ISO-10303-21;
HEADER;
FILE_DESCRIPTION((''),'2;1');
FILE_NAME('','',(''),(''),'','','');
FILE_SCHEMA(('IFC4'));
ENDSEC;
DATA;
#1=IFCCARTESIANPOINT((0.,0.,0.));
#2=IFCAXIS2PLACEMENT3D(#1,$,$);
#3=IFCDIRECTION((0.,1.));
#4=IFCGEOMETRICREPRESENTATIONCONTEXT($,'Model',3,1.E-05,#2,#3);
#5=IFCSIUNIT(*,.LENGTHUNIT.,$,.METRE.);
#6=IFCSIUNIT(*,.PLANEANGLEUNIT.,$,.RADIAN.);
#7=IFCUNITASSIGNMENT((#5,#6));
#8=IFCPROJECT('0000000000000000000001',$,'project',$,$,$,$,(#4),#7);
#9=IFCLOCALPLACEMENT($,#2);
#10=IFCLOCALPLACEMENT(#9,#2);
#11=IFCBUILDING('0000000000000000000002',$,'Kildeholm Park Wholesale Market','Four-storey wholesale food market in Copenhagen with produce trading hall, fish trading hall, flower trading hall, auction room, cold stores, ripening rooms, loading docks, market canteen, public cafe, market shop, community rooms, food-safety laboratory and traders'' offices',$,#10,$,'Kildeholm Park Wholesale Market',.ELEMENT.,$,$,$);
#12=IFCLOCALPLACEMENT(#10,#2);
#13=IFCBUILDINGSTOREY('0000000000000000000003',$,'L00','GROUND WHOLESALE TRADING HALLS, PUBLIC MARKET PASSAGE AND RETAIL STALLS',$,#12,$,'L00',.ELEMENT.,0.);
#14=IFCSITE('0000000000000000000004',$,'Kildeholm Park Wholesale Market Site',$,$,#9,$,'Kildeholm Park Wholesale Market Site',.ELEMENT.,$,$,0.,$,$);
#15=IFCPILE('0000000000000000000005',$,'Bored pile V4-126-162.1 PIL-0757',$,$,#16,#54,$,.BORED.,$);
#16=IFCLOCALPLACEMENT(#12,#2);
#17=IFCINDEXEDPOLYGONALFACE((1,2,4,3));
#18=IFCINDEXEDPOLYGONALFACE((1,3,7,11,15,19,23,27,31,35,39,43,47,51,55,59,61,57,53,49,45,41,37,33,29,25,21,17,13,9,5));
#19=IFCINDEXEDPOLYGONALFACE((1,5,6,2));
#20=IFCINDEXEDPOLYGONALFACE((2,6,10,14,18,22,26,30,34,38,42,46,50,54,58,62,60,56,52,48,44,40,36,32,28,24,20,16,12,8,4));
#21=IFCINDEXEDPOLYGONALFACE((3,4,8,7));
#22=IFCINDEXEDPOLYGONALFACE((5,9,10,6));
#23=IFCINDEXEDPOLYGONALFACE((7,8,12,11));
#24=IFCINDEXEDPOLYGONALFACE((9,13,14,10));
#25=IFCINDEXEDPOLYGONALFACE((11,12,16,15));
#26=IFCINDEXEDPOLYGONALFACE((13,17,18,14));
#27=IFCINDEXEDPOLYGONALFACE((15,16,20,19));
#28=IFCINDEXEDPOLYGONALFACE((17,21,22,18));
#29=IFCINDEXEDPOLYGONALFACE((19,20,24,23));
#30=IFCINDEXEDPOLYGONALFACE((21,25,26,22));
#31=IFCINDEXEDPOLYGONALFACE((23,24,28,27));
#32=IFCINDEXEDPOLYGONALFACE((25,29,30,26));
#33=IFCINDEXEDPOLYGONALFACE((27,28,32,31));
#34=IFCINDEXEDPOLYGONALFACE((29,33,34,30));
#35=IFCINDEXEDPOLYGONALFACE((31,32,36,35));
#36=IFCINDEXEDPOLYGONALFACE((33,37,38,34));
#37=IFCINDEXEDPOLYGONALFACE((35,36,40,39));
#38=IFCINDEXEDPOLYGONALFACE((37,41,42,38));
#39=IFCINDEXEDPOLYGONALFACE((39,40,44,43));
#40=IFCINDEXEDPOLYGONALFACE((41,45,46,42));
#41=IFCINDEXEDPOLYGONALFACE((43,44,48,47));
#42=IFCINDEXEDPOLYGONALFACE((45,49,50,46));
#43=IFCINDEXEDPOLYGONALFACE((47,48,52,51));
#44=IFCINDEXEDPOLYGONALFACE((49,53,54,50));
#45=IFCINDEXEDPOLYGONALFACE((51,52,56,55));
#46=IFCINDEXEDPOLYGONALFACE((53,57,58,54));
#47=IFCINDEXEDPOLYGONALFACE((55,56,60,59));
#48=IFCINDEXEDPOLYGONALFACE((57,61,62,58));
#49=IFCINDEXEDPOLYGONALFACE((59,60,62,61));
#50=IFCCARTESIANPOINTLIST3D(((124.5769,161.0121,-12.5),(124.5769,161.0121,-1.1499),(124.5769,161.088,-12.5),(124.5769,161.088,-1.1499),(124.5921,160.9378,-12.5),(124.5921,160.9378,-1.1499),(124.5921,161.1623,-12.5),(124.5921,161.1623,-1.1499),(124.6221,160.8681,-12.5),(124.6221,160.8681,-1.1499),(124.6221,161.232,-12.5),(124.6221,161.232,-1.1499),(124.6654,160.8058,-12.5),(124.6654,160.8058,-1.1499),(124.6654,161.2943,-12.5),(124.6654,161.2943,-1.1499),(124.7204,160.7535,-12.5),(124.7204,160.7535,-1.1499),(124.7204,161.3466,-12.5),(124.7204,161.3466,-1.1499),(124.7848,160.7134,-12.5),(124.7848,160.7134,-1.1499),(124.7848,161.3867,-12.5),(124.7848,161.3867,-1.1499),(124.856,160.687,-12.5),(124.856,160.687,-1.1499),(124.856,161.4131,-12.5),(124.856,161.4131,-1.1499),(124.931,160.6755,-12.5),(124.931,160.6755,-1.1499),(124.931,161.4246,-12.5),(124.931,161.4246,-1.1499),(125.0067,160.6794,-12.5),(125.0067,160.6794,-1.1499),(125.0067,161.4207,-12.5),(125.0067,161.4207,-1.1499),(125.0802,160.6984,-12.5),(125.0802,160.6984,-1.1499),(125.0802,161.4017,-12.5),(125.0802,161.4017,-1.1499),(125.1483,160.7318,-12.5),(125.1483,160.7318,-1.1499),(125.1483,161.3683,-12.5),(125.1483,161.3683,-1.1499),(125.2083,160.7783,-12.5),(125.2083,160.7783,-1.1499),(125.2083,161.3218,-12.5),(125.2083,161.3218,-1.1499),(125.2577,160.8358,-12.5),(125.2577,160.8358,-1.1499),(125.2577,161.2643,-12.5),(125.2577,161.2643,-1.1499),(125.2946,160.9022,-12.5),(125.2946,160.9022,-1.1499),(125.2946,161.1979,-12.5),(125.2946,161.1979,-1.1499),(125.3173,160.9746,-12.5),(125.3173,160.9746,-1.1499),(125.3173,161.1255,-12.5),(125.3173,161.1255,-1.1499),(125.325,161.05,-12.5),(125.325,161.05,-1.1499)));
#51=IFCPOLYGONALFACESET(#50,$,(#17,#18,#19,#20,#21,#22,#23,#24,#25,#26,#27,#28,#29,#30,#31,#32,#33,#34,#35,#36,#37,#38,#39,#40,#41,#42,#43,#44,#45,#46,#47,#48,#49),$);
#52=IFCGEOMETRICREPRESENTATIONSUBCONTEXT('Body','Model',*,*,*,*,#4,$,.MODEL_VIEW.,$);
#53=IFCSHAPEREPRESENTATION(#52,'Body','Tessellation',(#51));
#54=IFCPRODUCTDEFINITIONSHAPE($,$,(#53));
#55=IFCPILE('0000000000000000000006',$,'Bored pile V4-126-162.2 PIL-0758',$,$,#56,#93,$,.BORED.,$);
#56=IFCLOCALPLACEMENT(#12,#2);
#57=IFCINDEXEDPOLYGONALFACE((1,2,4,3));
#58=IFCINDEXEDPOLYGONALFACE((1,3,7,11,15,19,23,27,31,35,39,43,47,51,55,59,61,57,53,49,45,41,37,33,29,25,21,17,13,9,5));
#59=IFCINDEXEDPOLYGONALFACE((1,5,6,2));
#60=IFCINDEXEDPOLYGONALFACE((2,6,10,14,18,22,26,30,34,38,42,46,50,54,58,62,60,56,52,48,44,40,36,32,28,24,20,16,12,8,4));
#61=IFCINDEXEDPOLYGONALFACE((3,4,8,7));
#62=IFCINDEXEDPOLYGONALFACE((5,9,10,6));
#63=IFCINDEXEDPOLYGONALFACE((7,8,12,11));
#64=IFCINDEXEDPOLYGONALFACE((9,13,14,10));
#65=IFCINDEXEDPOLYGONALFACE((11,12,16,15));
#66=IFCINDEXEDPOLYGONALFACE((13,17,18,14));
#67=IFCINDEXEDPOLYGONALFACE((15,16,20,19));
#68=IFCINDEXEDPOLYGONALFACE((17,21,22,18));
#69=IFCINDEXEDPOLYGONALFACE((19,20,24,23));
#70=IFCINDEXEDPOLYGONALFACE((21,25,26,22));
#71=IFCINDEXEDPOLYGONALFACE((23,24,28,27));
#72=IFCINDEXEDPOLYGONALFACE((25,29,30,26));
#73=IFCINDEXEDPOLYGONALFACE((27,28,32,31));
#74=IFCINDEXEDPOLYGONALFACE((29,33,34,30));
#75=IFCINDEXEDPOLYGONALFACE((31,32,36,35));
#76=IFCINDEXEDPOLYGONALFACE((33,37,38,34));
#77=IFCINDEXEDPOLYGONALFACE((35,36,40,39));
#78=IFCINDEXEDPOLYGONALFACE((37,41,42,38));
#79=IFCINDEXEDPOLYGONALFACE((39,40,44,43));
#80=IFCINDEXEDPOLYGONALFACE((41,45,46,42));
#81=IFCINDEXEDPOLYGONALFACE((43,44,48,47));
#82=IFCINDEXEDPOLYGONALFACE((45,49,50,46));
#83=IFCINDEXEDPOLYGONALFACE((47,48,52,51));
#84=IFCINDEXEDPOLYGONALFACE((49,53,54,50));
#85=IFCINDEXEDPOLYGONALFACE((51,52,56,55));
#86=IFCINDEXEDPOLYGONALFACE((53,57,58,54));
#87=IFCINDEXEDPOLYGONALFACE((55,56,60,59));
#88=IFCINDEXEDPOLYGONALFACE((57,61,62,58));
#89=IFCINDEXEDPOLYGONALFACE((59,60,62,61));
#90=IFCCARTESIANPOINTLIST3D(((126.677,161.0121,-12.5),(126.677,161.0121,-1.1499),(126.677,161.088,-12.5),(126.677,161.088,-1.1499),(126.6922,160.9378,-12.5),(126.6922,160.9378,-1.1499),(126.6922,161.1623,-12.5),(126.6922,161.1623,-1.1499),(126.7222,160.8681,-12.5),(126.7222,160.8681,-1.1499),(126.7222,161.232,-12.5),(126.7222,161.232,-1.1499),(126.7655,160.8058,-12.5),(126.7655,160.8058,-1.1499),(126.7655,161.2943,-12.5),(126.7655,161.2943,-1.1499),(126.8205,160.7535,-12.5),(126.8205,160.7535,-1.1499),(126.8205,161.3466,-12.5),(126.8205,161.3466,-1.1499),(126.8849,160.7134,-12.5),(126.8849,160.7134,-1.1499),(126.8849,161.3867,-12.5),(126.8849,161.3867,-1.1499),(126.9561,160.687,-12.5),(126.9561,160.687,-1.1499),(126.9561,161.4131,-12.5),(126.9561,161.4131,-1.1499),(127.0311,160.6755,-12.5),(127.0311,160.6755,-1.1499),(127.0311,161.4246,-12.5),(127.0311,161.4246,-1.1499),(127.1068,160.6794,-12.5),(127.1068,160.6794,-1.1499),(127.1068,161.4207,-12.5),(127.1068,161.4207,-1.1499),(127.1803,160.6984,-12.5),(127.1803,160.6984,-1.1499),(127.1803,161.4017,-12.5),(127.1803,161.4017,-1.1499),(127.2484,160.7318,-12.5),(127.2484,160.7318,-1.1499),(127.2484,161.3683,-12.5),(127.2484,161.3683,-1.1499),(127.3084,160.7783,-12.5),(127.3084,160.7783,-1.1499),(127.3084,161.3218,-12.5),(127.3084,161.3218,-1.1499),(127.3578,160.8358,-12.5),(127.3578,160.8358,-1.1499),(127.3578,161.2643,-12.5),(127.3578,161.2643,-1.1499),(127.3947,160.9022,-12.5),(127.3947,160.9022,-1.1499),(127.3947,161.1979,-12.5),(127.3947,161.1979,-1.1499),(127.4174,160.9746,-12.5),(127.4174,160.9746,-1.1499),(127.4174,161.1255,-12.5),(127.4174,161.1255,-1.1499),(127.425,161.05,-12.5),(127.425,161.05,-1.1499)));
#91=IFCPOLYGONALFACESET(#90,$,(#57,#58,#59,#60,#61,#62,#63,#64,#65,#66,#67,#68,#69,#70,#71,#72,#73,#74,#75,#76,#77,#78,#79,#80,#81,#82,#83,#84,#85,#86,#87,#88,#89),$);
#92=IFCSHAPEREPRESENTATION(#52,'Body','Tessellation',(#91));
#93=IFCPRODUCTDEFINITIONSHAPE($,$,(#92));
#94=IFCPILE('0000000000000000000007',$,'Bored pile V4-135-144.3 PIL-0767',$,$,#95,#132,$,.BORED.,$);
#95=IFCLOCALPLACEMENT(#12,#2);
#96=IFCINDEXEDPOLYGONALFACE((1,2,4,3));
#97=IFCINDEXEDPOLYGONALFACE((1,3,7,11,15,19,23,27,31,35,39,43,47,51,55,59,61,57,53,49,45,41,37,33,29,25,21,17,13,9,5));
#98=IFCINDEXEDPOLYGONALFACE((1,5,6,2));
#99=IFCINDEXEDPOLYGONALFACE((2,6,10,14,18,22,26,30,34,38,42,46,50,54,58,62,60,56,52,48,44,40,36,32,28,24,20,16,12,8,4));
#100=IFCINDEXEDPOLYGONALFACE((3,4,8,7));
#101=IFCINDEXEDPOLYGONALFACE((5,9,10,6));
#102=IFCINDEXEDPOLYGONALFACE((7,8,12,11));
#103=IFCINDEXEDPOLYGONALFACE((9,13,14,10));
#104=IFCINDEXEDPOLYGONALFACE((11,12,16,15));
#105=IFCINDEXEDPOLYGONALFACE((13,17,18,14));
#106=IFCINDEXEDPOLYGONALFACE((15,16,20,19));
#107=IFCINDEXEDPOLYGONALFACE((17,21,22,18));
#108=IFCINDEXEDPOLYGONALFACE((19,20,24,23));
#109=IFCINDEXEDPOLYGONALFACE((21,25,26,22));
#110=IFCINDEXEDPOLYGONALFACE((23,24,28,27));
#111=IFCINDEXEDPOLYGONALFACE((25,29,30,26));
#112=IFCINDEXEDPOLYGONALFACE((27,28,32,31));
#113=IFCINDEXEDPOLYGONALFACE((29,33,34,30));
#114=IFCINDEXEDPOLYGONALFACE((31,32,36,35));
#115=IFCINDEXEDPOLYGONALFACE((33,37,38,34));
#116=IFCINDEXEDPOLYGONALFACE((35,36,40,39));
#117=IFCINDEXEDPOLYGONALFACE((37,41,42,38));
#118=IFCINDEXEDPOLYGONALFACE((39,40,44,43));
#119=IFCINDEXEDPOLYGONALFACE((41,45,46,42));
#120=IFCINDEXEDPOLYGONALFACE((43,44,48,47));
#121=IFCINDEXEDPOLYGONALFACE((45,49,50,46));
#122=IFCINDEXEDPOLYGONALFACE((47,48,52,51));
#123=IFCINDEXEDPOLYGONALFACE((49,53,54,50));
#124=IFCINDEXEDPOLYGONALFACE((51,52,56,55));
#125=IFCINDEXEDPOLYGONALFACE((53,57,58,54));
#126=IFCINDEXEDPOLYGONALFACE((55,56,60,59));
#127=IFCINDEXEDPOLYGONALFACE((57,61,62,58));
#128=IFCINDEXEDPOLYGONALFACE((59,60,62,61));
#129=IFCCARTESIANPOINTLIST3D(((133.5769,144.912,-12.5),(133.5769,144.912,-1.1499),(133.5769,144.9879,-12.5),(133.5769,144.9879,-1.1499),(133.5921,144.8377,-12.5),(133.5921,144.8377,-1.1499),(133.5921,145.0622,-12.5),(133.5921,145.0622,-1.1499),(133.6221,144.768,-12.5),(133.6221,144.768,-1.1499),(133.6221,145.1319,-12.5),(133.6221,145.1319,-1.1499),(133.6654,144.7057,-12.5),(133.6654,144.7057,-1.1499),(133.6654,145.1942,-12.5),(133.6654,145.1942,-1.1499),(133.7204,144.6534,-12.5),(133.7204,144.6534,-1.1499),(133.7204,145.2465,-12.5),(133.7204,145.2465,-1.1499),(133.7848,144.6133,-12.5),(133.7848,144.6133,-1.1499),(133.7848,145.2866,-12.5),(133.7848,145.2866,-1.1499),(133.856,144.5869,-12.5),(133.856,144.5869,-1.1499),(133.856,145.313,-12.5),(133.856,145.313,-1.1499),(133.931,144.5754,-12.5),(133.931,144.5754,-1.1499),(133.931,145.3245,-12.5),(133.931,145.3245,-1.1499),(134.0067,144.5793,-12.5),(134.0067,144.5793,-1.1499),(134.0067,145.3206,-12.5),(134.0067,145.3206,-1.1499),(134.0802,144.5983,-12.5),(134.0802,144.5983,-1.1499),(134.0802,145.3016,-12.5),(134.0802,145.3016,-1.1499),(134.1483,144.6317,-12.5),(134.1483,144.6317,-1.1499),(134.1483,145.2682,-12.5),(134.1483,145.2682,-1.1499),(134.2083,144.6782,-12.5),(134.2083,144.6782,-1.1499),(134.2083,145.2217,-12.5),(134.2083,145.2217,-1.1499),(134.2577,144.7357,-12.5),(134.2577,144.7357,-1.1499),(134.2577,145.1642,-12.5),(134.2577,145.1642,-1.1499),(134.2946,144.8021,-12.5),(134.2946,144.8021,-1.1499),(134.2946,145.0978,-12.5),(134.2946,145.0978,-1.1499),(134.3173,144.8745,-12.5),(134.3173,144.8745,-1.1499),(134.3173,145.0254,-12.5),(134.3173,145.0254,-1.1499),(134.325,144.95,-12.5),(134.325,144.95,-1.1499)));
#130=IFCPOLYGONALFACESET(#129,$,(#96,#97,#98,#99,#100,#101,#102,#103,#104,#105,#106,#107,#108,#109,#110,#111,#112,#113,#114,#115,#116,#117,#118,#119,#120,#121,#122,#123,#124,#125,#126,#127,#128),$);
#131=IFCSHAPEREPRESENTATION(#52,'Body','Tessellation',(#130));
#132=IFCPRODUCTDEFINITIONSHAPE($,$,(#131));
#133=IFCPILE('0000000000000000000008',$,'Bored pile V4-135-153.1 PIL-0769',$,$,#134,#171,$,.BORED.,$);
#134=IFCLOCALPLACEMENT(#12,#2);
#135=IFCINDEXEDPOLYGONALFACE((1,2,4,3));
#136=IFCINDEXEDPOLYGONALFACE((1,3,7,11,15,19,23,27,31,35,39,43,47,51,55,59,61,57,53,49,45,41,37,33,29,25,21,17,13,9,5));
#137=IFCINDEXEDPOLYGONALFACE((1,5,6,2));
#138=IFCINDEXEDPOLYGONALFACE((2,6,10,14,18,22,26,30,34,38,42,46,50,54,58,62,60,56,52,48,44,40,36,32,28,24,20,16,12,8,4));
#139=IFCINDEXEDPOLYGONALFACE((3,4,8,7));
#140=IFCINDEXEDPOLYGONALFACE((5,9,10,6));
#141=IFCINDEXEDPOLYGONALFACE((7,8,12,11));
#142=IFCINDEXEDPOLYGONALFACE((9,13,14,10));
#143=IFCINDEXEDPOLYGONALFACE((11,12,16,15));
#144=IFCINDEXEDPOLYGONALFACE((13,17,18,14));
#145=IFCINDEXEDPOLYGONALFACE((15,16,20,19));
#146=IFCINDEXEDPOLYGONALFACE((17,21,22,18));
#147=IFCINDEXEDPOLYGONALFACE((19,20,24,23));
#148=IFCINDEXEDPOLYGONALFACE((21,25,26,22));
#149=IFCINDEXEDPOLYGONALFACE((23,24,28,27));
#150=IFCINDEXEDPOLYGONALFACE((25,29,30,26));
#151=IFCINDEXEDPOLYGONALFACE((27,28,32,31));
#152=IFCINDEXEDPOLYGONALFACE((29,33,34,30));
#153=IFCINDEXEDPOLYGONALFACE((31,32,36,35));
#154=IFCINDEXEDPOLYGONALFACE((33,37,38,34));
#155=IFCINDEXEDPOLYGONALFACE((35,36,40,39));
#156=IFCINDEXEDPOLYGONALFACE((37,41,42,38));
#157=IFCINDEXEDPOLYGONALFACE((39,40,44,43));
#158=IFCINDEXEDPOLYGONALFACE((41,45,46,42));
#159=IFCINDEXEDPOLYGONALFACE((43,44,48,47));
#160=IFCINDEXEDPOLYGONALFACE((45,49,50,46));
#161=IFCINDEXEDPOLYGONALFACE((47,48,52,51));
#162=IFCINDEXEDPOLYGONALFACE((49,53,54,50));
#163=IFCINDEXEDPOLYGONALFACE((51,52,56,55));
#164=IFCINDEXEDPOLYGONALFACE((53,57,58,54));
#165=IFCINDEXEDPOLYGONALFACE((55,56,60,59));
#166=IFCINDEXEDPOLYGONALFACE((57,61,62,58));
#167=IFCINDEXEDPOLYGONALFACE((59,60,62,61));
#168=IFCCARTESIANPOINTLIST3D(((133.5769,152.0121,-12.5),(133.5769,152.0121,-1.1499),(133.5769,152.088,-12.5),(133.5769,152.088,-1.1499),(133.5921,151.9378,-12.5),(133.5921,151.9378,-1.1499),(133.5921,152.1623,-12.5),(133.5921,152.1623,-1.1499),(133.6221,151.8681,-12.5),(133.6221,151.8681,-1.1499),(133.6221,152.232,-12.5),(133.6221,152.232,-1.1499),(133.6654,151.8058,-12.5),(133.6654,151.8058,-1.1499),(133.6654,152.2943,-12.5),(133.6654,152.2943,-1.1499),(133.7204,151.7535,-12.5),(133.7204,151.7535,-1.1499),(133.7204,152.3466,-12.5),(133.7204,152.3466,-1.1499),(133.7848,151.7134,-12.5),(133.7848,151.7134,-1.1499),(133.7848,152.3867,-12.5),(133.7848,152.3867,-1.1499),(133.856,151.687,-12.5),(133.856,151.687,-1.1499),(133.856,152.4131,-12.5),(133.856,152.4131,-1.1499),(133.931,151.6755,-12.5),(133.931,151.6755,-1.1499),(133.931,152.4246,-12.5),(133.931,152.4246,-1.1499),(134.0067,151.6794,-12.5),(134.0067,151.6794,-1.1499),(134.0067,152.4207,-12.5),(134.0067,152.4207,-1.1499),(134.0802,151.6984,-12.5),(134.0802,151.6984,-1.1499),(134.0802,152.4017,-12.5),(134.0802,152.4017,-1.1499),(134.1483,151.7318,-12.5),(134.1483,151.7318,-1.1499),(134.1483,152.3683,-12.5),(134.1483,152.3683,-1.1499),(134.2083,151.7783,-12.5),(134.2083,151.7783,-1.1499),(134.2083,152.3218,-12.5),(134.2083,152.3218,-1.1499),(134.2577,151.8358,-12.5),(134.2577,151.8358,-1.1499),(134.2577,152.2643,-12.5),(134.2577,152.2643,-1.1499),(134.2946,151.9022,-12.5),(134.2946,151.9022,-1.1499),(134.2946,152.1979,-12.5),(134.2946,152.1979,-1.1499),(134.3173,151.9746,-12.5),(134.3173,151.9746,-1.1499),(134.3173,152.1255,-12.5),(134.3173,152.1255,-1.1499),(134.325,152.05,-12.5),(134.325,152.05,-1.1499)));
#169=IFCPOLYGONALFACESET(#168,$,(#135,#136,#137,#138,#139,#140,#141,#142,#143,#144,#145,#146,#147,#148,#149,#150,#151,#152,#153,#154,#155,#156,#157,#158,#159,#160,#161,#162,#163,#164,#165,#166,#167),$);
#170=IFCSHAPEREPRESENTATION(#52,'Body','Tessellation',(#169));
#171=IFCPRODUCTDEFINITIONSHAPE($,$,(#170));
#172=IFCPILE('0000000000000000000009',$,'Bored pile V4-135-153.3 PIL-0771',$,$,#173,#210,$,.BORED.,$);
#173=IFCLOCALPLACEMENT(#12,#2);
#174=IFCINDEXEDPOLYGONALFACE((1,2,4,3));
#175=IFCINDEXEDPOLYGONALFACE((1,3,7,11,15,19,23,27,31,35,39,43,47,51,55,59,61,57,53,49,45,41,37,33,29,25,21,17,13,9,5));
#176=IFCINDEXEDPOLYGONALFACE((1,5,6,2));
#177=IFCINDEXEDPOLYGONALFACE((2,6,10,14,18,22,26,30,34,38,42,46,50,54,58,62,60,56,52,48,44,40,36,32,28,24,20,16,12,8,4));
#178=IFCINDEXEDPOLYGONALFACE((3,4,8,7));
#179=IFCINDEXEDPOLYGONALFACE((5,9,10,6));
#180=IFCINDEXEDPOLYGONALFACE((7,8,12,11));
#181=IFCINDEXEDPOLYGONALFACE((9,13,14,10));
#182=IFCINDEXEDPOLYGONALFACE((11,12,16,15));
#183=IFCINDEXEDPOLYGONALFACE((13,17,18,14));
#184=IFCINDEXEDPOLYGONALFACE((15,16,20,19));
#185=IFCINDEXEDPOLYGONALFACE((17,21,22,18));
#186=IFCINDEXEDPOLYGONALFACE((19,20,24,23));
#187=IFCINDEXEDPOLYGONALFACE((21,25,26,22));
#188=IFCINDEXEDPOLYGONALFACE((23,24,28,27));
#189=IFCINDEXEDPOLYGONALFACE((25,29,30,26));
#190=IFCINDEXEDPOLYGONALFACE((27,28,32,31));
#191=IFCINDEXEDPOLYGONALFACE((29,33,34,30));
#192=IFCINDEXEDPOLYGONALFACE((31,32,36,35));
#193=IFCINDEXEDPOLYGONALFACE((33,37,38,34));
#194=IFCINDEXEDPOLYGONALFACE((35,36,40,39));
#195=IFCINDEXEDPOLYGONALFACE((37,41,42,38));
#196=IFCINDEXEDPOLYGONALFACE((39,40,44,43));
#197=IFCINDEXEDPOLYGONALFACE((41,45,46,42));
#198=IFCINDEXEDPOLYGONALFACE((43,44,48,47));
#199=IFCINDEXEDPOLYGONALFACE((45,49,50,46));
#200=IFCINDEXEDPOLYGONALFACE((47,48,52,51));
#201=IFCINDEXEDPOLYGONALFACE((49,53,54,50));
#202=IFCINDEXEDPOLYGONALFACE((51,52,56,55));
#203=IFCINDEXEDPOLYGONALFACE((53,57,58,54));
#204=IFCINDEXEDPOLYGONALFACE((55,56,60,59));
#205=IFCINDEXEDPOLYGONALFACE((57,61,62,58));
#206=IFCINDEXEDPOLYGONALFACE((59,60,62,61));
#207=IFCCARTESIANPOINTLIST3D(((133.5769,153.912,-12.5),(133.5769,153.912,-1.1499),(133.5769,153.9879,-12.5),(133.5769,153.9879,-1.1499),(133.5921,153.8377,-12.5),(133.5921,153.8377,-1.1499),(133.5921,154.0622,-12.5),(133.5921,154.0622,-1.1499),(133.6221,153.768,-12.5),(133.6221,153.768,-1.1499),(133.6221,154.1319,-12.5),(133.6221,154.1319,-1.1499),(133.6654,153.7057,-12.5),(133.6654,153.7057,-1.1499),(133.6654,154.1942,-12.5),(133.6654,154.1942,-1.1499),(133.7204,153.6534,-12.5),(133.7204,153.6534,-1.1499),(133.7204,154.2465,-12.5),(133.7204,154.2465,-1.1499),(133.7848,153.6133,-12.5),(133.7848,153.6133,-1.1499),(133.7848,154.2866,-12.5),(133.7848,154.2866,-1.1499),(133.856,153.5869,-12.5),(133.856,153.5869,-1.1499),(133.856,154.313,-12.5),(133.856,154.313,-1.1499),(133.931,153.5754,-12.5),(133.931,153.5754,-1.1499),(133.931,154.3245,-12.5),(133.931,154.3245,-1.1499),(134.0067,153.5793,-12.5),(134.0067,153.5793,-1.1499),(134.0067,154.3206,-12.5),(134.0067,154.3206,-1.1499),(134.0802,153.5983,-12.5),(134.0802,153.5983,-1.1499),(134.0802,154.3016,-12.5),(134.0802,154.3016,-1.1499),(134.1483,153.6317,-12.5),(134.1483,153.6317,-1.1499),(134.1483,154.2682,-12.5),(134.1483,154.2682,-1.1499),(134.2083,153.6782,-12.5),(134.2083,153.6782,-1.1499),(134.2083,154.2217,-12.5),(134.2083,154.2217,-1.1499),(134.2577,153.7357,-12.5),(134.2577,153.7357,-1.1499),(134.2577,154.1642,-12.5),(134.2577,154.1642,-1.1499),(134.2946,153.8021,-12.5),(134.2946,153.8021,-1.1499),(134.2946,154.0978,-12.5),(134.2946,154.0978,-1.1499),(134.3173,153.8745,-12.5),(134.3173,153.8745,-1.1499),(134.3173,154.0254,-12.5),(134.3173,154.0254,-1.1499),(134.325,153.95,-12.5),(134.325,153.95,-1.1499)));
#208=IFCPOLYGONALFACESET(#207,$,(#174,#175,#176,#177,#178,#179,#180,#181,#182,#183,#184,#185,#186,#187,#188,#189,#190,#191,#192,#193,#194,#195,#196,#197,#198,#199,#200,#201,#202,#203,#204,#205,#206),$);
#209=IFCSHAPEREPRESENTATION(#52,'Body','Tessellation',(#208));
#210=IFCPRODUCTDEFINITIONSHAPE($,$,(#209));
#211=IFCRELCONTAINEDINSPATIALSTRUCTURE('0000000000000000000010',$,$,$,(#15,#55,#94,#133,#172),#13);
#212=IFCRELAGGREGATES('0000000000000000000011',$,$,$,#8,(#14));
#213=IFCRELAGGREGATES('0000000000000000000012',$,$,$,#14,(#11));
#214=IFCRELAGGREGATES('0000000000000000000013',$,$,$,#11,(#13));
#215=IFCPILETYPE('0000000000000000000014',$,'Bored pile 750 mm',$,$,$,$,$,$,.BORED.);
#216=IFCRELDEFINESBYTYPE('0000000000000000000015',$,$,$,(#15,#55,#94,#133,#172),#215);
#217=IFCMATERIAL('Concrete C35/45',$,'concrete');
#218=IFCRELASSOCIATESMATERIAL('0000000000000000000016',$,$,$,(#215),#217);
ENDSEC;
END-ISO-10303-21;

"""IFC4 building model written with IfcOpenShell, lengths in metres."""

from ifc_helpers import new_model, si_unit, direction, frame, origin, origin_2d, place, context, subcontext, project, spatial, circle, extrude, material, material_profile, profile_set, type_object, element, save


model = new_model("IFC4")

# Units and contexts
model_context = context("Model", 3, precision=1e-05, world=origin(), true_north=direction((0.0, 1.0)))
body_context = subcontext(model_context, "Body", "Model", "MODEL_VIEW")
ifc_project = project(units=[si_unit("LENGTHUNIT", "METRE"), si_unit("PLANEANGLEUNIT", "RADIAN")], contexts=[model_context])

# Site, building, storey
site_placement = place(None, origin())
site = spatial("IfcSite", under=ifc_project, at=site_placement, Name="Kildeholm Park Wholesale Market Site", LongName="Kildeholm Park Wholesale Market Site", CompositionType="ELEMENT", RefElevation=0.0)
building_placement = place(site_placement, origin())
building = spatial("IfcBuilding", under=site, at=building_placement, Name="Kildeholm Park Wholesale Market", Description="Four-storey wholesale food market in Copenhagen with produce trading hall, fish trading hall, flower trading hall, auction room, cold stores, ripening rooms, loading docks, market canteen, public cafe, market shop, community rooms, food-safety laboratory and traders' offices", LongName="Kildeholm Park Wholesale Market", CompositionType="ELEMENT")
storey_placement = place(building_placement, origin())
storey = spatial("IfcBuildingStorey", under=building, at=storey_placement, Name="L00", Description="GROUND WHOLESALE TRADING HALLS, PUBLIC MARKET PASSAGE AND RETAIL STALLS", LongName="L00", CompositionType="ELEMENT", Elevation=0.0)

# Piles
ifc_material_1 = material(Name="Concrete C35/45", Category="concrete")
ifc_material_profile_1 = material_profile(ifc_material_1, circle(Radius=0.375, at=origin_2d()), Name="PILE D750")
ifc_profile_set_1 = profile_set([ifc_material_profile_1], Name="Concrete C35/45")
pile_type = type_object("IfcPileType", Name="Bored pile 750 mm", PredefinedType="BORED", material=ifc_profile_set_1)
for number, where, z_axis, x_axis, name in (
    (1, (124.95, 161.05, -1.1499), (0.0, 0.0, -1.0), (1.0, 0.0, 0.0), "Bored pile V4-126-162.1 PIL-0757"),
    (2, (127.05, 161.05, -1.1499), (0.0, 0.0, -1.0), (1.0, 0.0, 0.0), "Bored pile V4-126-162.2 PIL-0758"),
    (3, (133.95, 144.95, -1.1499), (0.0, 0.0, -1.0), (1.0, 0.0, 0.0), "Bored pile V4-135-144.3 PIL-0767"),
    (4, (133.95, 152.05, -1.1499), (0.0, 0.0, -1.0), (1.0, 0.0, 0.0), "Bored pile V4-135-153.1 PIL-0769"),
    (5, (133.95, 153.95, -1.1499), (0.0, 0.0, -1.0), (1.0, 0.0, 0.0), "Bored pile V4-135-153.3 PIL-0771"),
):
    element("IfcPile", number, at=place(storey_placement, frame(where, z_axis=z_axis, x_axis=x_axis)), inside=storey, type_object=pile_type, Name=name, PredefinedType="BORED", context=body_context, shape_type="SweptSolid", body=[
        extrude(circle(Radius=0.375, at=origin_2d()), origin(), (0.0, 0.0, 1.0), 11.3501),
    ])

save(model, "model.ifc")
